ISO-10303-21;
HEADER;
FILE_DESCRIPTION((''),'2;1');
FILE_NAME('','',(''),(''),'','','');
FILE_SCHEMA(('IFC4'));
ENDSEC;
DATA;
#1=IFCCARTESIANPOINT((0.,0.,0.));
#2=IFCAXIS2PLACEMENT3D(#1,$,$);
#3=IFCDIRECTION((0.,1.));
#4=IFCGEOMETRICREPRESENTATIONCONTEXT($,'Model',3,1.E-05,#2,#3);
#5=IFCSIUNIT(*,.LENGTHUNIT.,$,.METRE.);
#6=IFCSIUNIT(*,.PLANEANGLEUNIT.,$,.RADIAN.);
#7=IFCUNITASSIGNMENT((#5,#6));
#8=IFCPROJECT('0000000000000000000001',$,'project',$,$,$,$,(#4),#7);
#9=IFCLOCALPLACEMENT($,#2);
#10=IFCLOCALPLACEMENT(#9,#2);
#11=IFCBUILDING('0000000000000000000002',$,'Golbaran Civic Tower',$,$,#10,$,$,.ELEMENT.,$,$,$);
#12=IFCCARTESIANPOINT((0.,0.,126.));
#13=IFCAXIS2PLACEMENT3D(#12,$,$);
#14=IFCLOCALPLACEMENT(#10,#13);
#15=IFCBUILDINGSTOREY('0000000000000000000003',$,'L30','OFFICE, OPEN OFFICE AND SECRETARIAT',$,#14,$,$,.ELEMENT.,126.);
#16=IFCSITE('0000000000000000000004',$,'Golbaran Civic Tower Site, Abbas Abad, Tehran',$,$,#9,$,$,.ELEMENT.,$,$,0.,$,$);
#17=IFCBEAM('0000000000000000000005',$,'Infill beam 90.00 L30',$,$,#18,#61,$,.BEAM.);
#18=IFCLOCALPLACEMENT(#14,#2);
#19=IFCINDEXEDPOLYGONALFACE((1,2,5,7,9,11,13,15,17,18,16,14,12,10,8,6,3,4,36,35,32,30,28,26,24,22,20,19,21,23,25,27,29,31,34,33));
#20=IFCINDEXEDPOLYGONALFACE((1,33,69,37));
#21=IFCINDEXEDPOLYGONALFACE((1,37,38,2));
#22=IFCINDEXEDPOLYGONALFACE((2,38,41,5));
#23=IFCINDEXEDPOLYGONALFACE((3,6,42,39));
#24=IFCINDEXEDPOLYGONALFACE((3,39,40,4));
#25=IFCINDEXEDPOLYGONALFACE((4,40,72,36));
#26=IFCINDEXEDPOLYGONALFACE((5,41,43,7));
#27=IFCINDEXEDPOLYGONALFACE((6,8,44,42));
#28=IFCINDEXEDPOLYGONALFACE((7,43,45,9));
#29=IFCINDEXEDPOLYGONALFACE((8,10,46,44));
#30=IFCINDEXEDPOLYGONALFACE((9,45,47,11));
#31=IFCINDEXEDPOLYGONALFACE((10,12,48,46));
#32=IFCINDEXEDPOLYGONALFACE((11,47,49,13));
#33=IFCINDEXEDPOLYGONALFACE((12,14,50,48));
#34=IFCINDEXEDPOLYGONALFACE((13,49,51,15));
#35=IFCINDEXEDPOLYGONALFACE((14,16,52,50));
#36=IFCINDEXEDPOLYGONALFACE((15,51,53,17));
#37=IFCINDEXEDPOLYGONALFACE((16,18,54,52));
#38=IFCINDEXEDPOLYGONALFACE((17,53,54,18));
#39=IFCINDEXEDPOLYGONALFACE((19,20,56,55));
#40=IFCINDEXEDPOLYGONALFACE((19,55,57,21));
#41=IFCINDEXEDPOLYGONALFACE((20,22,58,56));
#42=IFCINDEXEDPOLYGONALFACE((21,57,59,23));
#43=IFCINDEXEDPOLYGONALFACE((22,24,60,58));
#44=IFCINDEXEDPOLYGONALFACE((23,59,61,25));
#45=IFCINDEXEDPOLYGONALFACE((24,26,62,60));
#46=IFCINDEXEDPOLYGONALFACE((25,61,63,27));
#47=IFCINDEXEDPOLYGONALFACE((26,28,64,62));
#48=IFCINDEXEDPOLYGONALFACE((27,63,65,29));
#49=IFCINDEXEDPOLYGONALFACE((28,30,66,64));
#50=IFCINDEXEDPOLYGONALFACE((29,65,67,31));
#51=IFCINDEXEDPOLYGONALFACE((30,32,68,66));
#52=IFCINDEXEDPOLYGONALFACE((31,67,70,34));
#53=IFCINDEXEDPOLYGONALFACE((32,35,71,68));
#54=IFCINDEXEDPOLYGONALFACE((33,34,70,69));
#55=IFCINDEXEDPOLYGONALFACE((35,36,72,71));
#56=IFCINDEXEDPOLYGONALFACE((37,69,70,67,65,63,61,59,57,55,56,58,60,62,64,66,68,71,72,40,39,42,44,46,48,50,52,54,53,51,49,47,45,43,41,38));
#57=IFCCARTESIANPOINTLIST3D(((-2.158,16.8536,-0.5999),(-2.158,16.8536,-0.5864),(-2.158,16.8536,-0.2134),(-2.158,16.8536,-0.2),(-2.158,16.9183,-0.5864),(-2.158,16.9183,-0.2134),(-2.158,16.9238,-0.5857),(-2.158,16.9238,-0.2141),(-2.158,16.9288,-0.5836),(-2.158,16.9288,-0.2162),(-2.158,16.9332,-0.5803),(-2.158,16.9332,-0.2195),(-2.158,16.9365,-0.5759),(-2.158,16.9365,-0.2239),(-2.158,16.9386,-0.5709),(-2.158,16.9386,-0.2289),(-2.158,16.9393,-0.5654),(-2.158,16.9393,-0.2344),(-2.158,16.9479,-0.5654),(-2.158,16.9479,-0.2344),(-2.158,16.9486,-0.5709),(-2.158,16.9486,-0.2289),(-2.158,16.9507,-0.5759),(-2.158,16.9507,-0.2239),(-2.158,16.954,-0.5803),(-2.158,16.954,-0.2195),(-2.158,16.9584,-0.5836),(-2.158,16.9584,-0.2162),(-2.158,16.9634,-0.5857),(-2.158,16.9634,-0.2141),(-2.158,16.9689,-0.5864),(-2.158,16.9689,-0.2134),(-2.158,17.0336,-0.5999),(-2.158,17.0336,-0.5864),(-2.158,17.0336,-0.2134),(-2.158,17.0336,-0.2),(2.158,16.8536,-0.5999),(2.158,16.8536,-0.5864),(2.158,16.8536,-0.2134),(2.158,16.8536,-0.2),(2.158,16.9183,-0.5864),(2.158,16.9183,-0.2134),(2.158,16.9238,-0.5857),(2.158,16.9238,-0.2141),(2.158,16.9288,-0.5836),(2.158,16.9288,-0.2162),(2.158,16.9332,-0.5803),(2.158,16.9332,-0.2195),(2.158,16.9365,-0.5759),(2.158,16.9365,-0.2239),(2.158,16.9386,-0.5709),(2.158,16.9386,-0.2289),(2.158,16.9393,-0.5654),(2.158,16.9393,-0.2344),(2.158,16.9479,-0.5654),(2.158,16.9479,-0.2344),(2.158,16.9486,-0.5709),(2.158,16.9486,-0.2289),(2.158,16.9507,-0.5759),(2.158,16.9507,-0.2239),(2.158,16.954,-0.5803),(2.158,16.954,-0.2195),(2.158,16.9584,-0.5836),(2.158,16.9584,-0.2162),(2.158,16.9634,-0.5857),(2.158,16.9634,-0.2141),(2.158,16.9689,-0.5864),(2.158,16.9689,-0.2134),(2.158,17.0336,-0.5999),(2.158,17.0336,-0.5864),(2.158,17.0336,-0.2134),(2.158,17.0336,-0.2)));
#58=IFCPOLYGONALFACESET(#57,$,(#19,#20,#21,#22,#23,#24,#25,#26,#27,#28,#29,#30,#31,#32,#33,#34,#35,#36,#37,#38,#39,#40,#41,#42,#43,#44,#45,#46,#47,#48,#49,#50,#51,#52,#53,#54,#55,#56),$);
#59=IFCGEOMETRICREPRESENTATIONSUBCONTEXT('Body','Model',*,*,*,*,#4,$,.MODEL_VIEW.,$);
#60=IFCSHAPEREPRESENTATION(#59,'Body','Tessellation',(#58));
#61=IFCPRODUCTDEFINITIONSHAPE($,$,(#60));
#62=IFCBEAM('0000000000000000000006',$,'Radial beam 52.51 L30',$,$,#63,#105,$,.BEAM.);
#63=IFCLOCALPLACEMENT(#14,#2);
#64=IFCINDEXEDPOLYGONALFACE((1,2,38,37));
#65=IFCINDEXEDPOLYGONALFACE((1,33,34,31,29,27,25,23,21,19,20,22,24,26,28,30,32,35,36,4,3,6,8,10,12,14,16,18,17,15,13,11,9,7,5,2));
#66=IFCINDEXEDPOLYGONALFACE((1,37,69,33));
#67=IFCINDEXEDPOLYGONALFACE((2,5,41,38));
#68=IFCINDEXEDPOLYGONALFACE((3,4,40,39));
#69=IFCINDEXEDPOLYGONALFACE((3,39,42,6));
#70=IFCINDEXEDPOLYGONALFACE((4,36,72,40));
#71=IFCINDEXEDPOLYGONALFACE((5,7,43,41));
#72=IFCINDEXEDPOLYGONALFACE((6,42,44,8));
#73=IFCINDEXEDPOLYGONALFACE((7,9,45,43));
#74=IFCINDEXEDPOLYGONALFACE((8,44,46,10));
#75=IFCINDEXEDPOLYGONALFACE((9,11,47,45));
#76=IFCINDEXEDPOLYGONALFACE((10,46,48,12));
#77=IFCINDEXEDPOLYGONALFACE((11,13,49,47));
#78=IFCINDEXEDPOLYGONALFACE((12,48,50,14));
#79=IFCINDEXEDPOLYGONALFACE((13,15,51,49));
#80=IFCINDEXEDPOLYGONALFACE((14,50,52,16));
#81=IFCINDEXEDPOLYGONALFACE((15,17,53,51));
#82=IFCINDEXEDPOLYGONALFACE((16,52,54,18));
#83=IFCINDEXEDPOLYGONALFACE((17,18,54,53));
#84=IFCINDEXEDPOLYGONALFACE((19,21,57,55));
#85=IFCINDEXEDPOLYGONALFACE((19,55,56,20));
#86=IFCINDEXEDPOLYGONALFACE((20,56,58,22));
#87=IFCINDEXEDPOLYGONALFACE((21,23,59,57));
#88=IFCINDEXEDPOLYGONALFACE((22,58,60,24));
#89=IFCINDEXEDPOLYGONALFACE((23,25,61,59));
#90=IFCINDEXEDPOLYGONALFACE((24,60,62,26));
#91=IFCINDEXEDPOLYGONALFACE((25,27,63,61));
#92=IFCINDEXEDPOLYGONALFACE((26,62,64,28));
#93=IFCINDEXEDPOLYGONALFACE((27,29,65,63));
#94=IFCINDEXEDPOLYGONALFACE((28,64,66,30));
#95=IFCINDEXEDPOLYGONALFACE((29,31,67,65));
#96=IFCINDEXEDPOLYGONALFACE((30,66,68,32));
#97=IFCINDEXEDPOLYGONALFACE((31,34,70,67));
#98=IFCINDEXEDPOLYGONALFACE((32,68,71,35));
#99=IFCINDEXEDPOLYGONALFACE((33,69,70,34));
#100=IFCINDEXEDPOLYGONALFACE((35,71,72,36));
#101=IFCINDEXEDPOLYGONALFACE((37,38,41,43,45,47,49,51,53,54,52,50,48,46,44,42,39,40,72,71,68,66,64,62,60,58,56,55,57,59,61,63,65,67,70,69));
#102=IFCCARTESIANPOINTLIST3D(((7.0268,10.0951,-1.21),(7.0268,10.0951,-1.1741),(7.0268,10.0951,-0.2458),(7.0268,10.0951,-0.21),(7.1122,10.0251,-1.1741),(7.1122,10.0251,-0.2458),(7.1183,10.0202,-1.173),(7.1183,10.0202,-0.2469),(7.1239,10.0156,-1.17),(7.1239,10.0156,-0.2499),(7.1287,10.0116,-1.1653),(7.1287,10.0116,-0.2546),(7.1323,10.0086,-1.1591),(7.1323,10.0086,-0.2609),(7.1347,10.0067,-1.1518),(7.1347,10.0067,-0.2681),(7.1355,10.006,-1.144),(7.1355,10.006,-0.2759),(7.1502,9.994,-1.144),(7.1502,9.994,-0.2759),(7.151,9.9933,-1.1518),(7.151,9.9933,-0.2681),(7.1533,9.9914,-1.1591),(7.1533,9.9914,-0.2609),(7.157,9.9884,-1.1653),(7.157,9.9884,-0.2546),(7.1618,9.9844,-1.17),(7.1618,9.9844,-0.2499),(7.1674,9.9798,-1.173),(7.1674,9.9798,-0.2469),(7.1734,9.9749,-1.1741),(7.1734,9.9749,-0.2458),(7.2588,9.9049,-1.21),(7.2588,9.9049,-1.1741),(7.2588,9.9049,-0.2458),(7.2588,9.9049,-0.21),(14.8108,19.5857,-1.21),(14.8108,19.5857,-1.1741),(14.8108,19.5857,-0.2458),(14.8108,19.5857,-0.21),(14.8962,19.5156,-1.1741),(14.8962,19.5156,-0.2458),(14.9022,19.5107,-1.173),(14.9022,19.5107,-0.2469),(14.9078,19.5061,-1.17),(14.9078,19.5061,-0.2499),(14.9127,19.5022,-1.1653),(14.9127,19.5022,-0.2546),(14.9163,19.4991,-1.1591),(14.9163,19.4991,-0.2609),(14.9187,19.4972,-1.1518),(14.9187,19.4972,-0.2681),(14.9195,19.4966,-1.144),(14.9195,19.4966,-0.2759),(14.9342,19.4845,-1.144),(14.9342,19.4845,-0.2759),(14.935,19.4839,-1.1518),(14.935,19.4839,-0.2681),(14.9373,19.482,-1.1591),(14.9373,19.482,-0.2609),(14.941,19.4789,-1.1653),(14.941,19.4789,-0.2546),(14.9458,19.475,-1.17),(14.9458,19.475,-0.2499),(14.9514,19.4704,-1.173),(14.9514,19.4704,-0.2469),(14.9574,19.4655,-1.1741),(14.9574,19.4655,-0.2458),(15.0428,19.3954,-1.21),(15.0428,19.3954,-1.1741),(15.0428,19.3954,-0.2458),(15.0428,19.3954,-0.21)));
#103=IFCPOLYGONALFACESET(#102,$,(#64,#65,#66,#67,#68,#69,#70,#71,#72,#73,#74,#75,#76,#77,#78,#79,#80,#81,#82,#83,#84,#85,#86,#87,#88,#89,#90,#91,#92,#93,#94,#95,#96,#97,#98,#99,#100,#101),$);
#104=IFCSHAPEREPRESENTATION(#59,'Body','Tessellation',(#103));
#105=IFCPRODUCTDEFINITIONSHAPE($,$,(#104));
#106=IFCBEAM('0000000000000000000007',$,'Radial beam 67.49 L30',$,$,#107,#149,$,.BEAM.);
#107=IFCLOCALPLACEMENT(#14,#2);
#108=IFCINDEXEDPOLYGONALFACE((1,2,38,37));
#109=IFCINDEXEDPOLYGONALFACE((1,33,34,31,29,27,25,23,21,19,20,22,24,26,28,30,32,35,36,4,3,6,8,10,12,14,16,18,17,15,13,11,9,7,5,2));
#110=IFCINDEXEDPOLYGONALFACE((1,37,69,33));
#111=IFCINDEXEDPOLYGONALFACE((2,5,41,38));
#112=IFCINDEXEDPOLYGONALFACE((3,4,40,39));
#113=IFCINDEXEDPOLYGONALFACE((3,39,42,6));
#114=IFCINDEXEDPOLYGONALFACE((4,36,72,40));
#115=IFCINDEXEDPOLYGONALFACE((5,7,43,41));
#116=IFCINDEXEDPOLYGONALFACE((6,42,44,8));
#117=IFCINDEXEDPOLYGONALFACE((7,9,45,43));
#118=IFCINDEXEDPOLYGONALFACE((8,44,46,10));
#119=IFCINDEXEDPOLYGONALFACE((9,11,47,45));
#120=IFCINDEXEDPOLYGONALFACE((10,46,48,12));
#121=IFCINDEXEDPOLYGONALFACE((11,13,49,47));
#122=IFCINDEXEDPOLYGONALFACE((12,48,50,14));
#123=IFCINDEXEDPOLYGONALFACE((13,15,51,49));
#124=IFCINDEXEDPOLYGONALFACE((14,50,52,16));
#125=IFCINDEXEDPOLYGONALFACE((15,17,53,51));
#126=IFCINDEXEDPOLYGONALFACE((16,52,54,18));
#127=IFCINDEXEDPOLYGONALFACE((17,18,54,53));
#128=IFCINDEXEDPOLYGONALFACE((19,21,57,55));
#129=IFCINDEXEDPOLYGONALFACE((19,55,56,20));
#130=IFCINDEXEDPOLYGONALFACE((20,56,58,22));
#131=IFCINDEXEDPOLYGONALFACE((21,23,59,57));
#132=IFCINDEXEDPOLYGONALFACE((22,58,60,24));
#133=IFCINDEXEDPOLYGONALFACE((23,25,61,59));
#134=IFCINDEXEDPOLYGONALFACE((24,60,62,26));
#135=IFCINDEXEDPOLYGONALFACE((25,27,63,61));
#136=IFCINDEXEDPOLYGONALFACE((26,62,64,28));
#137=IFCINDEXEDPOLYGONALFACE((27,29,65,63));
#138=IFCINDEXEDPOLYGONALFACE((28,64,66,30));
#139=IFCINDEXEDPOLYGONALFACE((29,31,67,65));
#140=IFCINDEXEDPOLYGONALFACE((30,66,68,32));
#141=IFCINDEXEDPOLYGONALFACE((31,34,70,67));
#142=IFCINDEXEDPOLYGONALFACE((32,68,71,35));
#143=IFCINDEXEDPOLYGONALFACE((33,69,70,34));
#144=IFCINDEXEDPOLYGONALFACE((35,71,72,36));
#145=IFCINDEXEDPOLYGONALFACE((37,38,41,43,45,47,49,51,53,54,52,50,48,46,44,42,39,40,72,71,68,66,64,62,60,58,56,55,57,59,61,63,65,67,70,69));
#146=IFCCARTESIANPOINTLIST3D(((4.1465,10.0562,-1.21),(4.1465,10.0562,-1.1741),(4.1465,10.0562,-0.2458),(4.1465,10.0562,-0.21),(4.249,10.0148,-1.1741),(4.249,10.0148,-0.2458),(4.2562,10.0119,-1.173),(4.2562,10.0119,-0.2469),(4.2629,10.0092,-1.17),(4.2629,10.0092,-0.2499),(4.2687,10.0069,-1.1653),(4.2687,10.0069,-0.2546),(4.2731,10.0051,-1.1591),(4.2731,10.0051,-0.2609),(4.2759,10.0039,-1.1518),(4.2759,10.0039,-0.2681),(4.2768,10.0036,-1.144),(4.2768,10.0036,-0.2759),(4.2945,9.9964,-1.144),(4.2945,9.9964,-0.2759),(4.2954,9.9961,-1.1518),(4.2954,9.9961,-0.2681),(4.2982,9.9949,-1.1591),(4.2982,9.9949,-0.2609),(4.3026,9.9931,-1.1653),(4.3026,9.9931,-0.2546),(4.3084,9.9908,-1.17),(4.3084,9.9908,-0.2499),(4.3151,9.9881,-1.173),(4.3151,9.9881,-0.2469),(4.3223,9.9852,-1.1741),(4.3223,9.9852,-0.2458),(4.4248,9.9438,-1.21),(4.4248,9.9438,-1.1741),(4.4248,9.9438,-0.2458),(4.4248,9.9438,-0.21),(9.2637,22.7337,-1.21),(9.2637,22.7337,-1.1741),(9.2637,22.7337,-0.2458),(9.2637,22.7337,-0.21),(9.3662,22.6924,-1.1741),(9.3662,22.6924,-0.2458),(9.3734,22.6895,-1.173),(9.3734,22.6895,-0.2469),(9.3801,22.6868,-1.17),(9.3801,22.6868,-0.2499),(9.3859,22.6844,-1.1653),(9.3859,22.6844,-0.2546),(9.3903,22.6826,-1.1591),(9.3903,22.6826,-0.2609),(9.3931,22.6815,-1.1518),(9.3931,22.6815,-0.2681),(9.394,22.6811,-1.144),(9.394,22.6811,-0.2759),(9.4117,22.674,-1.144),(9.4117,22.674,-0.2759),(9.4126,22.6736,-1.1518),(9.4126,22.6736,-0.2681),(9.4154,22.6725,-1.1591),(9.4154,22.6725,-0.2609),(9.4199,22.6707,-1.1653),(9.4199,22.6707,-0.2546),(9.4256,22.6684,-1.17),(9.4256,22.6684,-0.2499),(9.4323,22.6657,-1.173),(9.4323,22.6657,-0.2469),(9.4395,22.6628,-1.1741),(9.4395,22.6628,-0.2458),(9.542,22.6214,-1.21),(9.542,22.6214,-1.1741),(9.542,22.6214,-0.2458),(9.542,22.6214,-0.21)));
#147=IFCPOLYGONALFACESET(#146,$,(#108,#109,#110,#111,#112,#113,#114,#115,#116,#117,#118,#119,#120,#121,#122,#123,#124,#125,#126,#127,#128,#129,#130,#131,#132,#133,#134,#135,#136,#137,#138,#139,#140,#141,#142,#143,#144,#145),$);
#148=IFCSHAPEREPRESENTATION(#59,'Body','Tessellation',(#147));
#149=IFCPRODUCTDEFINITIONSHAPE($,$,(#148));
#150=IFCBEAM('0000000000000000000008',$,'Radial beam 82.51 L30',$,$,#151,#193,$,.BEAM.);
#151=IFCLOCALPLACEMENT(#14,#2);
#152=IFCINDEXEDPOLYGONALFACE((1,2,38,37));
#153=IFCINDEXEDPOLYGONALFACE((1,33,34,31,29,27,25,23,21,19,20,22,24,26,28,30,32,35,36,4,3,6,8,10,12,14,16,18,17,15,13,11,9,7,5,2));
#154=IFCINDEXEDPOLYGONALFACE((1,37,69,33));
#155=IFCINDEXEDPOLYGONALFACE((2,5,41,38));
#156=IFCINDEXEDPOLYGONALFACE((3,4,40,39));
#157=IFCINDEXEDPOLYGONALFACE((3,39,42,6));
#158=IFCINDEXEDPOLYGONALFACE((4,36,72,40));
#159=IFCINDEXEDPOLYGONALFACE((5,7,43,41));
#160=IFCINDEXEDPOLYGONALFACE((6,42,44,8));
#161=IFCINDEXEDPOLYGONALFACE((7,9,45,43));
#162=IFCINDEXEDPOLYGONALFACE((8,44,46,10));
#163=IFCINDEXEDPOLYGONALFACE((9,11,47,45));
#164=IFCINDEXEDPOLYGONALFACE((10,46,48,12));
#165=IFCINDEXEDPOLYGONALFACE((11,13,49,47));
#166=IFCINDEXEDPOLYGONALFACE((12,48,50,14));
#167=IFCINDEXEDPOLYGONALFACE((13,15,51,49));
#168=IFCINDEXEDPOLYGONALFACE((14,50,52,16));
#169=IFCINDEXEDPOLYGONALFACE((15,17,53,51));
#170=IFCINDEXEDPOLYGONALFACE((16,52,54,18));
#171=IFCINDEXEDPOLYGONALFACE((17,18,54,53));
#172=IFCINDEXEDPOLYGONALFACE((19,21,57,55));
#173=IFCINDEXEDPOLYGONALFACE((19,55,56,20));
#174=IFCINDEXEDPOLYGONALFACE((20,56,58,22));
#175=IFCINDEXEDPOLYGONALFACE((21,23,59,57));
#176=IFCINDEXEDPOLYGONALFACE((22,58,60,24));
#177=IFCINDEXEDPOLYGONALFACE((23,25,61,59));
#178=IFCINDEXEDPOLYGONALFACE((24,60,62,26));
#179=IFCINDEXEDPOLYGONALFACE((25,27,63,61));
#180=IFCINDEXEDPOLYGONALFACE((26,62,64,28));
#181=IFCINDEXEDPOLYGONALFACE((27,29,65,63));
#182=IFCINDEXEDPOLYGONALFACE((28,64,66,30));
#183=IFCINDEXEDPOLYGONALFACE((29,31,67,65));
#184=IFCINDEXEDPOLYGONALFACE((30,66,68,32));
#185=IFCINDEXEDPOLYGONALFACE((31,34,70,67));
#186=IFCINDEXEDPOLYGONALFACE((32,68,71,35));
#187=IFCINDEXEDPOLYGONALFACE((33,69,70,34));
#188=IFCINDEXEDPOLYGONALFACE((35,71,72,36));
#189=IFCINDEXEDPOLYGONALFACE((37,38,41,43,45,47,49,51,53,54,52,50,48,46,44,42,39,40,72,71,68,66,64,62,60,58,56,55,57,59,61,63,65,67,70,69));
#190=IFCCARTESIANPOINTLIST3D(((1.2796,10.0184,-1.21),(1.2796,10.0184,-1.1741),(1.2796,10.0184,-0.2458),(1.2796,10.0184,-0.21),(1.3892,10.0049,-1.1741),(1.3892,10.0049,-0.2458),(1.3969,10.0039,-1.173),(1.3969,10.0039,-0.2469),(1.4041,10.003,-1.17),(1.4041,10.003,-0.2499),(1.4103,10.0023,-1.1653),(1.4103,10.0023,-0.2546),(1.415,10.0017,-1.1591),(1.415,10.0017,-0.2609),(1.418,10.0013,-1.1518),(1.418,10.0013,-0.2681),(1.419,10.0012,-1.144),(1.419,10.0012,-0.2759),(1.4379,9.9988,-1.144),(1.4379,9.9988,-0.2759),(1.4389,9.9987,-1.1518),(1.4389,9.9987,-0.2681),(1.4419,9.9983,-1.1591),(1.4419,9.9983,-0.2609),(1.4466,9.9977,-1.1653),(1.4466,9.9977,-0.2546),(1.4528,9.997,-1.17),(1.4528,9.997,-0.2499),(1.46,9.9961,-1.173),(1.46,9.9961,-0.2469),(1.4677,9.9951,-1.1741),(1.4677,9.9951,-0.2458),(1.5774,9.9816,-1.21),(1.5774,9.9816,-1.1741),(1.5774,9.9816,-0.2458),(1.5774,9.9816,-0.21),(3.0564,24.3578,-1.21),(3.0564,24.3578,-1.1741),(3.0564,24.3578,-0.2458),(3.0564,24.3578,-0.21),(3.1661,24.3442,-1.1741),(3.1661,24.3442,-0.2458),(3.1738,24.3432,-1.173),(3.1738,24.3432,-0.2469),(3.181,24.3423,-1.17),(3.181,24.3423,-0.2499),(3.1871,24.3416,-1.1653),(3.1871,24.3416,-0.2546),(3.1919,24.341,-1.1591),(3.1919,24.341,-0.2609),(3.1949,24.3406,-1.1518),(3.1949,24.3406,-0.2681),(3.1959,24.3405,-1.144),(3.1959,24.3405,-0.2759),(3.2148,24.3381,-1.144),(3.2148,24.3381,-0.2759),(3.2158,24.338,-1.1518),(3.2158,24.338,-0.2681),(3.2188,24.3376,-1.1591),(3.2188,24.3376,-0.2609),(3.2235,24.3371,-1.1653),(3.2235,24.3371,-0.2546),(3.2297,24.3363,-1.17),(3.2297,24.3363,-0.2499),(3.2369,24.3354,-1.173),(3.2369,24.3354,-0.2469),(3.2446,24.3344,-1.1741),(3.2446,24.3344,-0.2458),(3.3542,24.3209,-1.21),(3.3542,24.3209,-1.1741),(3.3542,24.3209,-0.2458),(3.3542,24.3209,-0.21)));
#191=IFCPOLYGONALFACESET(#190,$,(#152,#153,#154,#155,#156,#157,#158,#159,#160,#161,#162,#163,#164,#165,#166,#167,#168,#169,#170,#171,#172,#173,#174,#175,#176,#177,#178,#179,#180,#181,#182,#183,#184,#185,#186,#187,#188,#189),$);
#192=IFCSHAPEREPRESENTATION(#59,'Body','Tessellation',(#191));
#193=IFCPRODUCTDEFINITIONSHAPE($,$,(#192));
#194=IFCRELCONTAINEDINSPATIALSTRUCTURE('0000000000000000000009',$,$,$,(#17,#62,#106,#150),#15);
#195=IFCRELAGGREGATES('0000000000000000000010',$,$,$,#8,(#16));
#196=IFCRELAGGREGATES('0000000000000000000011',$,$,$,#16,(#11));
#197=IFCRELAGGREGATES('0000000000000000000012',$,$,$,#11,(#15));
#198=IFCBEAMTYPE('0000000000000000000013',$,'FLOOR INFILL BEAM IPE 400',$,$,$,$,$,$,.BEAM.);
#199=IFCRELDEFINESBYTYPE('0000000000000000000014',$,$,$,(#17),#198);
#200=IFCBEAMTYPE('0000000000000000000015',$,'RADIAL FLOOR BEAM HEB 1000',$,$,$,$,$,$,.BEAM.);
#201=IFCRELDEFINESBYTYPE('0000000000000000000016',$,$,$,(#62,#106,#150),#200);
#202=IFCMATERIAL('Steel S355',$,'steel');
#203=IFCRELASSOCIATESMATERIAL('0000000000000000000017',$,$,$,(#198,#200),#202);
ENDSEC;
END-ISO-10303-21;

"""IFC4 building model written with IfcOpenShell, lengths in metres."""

from ifc_helpers import new_model, si_unit, direction, frame, origin, origin_2d, place, context, subcontext, project, spatial, i_section, extrude, material, material_profile, profile_set, type_object, element, save


model = new_model("IFC4")

# Units and contexts
model_context = context("Model", 3, precision=1e-05, world=origin(), true_north=direction((0.0, 1.0)))
body_context = subcontext(model_context, "Body", "Model", "MODEL_VIEW")
ifc_project = project(units=[si_unit("LENGTHUNIT", "METRE"), si_unit("PLANEANGLEUNIT", "RADIAN")], contexts=[model_context])

# Site, building, storey
site_placement = place(None, origin())
site = spatial("IfcSite", under=ifc_project, at=site_placement, Name="Golbaran Civic Tower Site, Abbas Abad, Tehran", CompositionType="ELEMENT", RefElevation=0.0)
building_placement = place(site_placement, origin())
building = spatial("IfcBuilding", under=site, at=building_placement, Name="Golbaran Civic Tower", CompositionType="ELEMENT")
storey_placement = place(building_placement, frame((0.0, 0.0, 126.0)))
storey = spatial("IfcBuildingStorey", under=building, at=storey_placement, Name="L30", Description="OFFICE, OPEN OFFICE AND SECRETARIAT", CompositionType="ELEMENT", Elevation=126.0)

# Beams
ifc_material_1 = material(Name="Steel S355", Category="steel")
ifc_material_profile_1 = material_profile(ifc_material_1, i_section(OverallWidth=0.1799, OverallDepth=0.3999, WebThickness=0.0085, FlangeThickness=0.0134, FilletRadius=0.021, at=origin_2d()), Name="IPE 400")
ifc_profile_set_1 = profile_set([ifc_material_profile_1], Name="Steel S355")
beam_type_1 = type_object("IfcBeamType", Name="FLOOR INFILL BEAM IPE 400", PredefinedType="BEAM", material=ifc_profile_set_1)
beam_1_placement = place(storey_placement, frame((2.158, 16.9436, -0.3999), z_axis=(-1.0, 0.0, 0.0), x_axis=(0.0, -1.0, 0.0)))
element("IfcBeam", 1, at=beam_1_placement, inside=storey, type_object=beam_type_1, Name="Infill beam 90.00 L30", PredefinedType="BEAM", context=body_context, shape_type="SweptSolid", body=[
    extrude(i_section(OverallWidth=0.1799, OverallDepth=0.3999, WebThickness=0.0085, FlangeThickness=0.0134, FilletRadius=0.021, at=origin_2d()), origin(), (0.0, 0.0, 1.0), 4.3159),
])
ifc_material_profile_2 = material_profile(ifc_material_1, i_section(OverallWidth=0.3, OverallDepth=1.0, WebThickness=0.019, FlangeThickness=0.0359, FilletRadius=0.03, at=origin_2d()), Name="HEB 1000")
ifc_profile_set_2 = profile_set([ifc_material_profile_2], Name="Steel S355")
beam_type_2 = type_object("IfcBeamType", Name="RADIAL FLOOR BEAM HEB 1000", PredefinedType="BEAM", material=ifc_profile_set_2)
beam_2_placement = place(storey_placement, frame((7.1428, 10.0, -0.71), z_axis=(0.634165, 0.773198, 0.0), x_axis=(-0.773198, 0.634165, 0.0)))
element("IfcBeam", 2, at=beam_2_placement, inside=storey, type_object=beam_type_2, Name="Radial beam 52.51 L30", PredefinedType="BEAM", context=body_context, shape_type="SweptSolid", body=[
    extrude(i_section(OverallWidth=0.3, OverallDepth=1.0, WebThickness=0.019, FlangeThickness=0.0359, FilletRadius=0.03, at=origin_2d()), origin(), (0.0, 0.0, 1.0), 12.2744),
])
beam_3_placement = place(storey_placement, frame((4.2856, 10.0, -0.71), z_axis=(0.374302, 0.927307, 0.0), x_axis=(-0.927307, 0.374302, 0.0)))
element("IfcBeam", 3, at=beam_3_placement, inside=storey, type_object=beam_type_2, Name="Radial beam 67.49 L30", PredefinedType="BEAM", context=body_context, shape_type="SweptSolid", body=[
    extrude(i_section(OverallWidth=0.3, OverallDepth=1.0, WebThickness=0.019, FlangeThickness=0.0359, FilletRadius=0.03, at=origin_2d()), origin(), (0.0, 0.0, 1.0), 13.6714),
])
beam_4_placement = place(storey_placement, frame((1.4285, 10.0, -0.71), z_axis=(0.122974, 0.99241, 0.0), x_axis=(-0.99241, 0.122974, 0.0)))
element("IfcBeam", 4, at=beam_4_placement, inside=storey, type_object=beam_type_2, Name="Radial beam 82.51 L30", PredefinedType="BEAM", context=body_context, shape_type="SweptSolid", body=[
    extrude(i_section(OverallWidth=0.3, OverallDepth=1.0, WebThickness=0.019, FlangeThickness=0.0359, FilletRadius=0.03, at=origin_2d()), origin(), (0.0, 0.0, 1.0), 14.449),
])

save(model, "model.ifc")
